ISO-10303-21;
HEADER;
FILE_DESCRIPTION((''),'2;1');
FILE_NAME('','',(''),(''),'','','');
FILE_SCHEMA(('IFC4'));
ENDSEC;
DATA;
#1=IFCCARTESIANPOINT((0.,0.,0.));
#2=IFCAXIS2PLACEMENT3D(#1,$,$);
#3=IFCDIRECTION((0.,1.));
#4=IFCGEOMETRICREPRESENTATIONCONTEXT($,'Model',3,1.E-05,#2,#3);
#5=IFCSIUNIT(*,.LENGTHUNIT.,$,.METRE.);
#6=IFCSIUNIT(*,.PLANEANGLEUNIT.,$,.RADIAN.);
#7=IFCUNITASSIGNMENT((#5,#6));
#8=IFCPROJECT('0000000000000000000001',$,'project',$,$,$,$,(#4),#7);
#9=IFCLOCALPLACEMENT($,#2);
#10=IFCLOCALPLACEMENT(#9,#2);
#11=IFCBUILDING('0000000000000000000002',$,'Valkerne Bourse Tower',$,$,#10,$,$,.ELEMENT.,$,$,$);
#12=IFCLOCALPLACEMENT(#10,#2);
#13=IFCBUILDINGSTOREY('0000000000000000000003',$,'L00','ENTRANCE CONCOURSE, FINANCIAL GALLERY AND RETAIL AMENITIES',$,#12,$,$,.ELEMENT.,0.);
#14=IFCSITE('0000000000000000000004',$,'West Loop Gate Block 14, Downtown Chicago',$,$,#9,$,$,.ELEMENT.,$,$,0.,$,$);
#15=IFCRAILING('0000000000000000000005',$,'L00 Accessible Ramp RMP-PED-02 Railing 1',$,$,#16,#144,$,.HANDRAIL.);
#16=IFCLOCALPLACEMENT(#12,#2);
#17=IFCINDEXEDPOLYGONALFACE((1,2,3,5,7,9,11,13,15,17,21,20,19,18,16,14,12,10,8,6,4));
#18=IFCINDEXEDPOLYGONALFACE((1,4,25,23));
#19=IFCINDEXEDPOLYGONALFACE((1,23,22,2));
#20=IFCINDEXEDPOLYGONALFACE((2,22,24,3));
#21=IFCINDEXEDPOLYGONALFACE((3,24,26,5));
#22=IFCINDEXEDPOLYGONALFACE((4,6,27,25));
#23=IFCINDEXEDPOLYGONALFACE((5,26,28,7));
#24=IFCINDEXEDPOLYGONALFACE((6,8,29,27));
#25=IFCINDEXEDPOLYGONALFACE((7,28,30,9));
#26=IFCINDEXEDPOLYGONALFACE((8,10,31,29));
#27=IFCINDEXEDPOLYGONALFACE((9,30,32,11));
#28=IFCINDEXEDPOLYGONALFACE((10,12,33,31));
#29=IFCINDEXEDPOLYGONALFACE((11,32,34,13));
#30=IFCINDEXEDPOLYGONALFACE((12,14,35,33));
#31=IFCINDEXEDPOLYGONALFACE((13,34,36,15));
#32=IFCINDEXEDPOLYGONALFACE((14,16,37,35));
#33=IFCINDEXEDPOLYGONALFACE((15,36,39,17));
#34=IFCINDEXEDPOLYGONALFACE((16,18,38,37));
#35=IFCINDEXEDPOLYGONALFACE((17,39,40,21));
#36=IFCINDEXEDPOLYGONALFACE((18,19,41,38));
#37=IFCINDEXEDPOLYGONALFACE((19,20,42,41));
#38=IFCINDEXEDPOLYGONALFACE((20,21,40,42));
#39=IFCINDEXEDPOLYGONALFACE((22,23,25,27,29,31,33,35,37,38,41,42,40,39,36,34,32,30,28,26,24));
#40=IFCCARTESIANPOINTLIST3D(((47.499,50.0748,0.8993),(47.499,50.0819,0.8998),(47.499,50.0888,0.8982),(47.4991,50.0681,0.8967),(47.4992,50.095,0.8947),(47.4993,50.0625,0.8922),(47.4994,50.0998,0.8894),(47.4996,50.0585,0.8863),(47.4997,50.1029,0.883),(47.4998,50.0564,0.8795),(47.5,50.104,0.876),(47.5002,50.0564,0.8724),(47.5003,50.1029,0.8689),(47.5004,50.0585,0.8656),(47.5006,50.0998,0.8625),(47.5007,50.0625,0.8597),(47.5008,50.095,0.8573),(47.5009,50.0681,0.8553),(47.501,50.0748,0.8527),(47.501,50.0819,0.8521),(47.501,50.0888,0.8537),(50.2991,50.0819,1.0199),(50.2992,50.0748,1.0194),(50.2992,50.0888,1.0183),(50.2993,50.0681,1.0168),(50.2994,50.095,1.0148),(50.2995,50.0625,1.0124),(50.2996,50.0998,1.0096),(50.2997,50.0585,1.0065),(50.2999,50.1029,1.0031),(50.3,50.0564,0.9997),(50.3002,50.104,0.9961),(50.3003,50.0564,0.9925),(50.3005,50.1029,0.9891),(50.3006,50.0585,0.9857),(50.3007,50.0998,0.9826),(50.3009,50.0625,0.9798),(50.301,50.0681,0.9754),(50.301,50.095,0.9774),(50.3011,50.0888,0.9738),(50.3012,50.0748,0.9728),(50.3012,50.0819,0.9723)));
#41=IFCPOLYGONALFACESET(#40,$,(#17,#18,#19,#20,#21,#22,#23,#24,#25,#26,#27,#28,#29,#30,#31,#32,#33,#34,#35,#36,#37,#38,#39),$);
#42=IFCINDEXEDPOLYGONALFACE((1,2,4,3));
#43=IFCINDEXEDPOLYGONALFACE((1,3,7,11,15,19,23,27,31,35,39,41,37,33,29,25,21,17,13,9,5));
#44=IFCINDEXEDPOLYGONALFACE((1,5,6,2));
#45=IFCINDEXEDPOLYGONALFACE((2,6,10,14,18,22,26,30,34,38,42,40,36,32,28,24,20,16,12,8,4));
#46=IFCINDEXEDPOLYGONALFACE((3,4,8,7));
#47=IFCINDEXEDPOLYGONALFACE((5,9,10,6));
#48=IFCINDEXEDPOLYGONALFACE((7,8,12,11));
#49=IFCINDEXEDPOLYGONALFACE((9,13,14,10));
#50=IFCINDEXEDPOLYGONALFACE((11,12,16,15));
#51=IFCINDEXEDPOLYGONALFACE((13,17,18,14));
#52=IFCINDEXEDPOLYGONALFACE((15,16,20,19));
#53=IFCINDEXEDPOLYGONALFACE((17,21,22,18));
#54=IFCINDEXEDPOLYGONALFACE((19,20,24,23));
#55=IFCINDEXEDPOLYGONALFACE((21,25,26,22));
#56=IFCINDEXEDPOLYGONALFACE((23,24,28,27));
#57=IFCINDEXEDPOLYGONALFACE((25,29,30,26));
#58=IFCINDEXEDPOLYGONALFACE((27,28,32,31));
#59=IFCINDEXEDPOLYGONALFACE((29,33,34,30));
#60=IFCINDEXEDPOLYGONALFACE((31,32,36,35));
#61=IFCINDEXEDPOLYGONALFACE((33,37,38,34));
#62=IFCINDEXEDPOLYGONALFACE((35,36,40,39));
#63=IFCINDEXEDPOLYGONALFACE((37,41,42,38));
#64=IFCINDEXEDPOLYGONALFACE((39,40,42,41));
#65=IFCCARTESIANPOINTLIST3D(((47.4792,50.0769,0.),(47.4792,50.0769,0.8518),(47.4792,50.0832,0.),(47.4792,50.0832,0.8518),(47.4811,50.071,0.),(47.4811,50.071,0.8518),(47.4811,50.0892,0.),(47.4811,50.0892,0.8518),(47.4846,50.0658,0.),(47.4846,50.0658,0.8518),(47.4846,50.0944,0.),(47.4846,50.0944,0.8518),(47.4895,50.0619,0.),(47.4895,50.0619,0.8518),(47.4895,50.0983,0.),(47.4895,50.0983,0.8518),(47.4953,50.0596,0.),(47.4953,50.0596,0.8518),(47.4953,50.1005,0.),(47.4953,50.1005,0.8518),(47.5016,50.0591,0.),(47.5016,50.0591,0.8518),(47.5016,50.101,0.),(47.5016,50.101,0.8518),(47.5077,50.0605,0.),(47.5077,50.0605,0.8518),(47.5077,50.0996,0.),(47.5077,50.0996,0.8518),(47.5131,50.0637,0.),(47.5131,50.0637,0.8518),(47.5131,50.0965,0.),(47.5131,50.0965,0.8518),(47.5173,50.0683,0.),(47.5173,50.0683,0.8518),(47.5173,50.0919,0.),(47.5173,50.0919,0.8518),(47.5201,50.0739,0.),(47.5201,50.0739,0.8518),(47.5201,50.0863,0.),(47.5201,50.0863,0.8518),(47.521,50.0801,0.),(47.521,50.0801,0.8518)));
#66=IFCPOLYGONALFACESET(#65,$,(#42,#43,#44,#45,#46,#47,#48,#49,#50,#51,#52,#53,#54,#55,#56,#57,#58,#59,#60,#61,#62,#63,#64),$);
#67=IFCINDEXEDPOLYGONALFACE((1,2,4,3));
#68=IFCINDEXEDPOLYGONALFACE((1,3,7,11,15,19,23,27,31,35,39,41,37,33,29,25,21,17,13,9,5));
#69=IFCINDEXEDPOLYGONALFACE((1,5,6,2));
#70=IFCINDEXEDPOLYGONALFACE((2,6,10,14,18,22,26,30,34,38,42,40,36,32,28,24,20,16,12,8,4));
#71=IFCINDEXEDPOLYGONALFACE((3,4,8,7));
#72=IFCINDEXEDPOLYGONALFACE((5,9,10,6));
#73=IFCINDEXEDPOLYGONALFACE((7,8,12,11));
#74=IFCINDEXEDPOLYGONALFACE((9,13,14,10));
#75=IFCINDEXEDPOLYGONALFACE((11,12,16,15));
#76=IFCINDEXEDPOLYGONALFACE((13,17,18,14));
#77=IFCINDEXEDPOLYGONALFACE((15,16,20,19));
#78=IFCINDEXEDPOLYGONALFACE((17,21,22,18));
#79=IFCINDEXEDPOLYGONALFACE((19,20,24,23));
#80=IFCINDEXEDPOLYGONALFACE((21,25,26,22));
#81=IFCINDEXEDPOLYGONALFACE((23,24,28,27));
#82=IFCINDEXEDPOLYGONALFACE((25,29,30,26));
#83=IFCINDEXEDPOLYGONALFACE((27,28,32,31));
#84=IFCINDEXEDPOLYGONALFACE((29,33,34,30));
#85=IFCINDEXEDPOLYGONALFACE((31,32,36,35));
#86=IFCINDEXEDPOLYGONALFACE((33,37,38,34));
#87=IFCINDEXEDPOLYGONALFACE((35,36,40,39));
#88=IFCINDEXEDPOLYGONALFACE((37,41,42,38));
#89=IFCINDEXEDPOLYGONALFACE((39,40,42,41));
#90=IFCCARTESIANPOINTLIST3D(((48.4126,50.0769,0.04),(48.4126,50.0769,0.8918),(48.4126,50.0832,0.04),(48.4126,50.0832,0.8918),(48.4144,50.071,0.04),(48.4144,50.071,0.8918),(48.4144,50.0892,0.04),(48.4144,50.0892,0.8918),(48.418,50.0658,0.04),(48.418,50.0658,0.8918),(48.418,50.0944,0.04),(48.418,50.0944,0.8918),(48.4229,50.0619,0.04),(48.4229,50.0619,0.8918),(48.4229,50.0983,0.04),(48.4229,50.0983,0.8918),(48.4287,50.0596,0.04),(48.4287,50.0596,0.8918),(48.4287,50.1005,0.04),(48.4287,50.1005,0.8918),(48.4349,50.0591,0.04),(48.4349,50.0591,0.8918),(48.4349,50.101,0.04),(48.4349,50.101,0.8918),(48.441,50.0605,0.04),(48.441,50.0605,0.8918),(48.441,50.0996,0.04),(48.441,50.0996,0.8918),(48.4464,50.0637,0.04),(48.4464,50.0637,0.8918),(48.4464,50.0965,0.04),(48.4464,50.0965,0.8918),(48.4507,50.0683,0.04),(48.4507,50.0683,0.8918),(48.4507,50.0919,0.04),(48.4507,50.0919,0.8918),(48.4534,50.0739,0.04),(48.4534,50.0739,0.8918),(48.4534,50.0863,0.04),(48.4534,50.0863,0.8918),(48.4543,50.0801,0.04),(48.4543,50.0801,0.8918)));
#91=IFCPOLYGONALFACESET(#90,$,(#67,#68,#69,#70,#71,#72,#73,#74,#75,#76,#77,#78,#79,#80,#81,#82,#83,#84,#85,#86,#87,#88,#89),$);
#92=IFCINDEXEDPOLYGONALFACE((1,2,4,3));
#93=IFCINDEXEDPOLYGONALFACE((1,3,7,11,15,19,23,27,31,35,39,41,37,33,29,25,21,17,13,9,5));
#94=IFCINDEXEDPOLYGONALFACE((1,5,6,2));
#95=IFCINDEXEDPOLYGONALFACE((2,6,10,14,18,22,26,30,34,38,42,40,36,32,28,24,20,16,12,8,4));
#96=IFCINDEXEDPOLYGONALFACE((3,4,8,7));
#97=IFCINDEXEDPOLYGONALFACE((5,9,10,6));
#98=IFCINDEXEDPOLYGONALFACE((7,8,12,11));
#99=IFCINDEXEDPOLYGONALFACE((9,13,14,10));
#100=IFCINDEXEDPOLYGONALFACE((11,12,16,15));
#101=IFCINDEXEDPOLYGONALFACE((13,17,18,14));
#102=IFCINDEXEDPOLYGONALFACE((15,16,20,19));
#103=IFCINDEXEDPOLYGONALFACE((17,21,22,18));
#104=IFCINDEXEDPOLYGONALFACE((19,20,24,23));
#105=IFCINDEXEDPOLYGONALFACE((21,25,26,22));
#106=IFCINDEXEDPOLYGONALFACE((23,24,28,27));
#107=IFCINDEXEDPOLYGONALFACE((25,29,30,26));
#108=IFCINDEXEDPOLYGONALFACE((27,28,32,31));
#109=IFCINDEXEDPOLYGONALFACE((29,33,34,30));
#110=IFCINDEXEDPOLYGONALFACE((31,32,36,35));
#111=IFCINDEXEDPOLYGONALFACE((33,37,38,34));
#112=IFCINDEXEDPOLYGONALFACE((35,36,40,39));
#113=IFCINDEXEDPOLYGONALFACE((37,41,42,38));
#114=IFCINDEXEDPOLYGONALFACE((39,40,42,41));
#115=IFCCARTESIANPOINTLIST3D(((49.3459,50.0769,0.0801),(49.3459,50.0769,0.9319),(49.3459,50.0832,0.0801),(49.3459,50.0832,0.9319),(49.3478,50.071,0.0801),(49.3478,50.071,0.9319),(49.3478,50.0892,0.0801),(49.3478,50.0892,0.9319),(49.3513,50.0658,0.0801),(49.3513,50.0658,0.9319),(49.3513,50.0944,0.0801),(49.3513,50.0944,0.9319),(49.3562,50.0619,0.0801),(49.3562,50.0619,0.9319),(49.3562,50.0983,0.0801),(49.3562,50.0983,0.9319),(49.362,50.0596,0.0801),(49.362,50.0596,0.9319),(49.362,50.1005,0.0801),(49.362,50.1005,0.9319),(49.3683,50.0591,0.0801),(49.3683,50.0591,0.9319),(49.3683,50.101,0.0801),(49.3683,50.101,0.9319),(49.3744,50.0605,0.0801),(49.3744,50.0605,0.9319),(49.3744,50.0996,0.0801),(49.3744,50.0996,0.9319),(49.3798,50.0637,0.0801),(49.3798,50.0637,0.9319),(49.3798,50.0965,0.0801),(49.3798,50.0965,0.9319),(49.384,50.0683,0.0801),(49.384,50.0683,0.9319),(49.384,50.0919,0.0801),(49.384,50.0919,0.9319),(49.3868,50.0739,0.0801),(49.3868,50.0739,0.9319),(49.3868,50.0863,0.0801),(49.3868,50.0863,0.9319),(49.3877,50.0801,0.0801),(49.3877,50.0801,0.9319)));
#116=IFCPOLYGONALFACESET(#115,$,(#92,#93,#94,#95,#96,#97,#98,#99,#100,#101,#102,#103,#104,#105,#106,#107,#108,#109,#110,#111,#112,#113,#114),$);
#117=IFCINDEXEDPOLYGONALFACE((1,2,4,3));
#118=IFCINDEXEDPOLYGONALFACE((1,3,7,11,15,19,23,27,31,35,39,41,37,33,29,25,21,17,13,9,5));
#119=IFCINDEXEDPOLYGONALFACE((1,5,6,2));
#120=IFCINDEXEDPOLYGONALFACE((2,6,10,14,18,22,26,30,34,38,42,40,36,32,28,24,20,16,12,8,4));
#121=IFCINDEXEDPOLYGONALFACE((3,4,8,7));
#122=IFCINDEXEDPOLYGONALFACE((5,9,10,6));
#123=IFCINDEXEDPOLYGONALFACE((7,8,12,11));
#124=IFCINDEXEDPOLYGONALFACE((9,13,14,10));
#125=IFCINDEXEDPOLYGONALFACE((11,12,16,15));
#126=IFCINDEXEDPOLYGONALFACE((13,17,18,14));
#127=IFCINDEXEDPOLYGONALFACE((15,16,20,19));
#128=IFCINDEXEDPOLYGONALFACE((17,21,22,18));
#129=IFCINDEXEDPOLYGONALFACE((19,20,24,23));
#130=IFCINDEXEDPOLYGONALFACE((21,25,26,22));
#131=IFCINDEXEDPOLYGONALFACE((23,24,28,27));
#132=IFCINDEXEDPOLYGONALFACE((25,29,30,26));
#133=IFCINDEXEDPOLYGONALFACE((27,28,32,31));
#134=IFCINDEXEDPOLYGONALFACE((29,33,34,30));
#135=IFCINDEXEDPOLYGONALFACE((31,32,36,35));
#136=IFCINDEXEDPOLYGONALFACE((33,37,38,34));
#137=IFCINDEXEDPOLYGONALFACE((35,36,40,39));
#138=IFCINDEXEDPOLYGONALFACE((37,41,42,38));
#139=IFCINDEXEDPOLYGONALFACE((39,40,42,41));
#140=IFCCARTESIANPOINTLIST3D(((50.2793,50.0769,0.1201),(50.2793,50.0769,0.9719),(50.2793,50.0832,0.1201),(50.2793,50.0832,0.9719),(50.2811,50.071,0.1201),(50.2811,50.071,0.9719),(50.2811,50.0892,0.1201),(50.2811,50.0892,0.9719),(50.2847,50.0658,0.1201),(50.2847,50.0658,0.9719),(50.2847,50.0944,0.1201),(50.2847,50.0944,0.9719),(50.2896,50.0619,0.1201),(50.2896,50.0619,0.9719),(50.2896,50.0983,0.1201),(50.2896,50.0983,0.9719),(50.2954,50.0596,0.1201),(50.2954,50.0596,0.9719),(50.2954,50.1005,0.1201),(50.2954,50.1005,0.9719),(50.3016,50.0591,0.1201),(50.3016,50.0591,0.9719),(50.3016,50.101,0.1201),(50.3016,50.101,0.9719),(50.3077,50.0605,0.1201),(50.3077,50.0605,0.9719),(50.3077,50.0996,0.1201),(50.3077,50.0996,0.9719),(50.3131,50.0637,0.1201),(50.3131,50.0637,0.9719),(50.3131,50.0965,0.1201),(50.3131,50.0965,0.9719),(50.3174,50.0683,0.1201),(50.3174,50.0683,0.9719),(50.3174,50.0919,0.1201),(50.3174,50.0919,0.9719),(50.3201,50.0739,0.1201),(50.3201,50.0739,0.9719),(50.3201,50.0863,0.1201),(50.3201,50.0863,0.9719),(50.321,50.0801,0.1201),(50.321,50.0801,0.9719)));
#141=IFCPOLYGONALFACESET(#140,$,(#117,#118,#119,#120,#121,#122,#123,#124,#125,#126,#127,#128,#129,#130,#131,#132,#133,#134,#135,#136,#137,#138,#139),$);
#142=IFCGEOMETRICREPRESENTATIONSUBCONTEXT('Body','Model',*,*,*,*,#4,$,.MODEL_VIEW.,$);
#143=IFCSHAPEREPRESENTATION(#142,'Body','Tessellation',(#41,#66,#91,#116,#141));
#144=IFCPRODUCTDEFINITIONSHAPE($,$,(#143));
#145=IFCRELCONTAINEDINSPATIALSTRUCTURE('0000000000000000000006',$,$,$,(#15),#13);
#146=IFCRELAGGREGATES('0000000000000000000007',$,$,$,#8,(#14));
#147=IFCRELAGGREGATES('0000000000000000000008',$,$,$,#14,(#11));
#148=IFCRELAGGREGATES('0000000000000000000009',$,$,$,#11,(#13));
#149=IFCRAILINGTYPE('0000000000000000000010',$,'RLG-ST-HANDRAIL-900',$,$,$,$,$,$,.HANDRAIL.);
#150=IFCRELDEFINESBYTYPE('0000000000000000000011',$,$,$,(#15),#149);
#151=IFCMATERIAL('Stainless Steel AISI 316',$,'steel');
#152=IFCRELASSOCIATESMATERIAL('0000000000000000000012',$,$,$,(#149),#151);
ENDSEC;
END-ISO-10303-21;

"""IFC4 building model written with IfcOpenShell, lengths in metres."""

from ifc_helpers import new_model, si_unit, direction, frame, origin, origin_2d, place, context, subcontext, project, spatial, circle, extrude, material, type_object, element, save


model = new_model("IFC4")

# Units and contexts
model_context = context("Model", 3, precision=1e-05, world=origin(), true_north=direction((0.0, 1.0)))
body_context = subcontext(model_context, "Body", "Model", "MODEL_VIEW")
ifc_project = project(units=[si_unit("LENGTHUNIT", "METRE"), si_unit("PLANEANGLEUNIT", "RADIAN")], contexts=[model_context])

# Site, building, storey
site_placement = place(None, origin())
site = spatial("IfcSite", under=ifc_project, at=site_placement, Name="West Loop Gate Block 14, Downtown Chicago", CompositionType="ELEMENT", RefElevation=0.0)
building_placement = place(site_placement, origin())
building = spatial("IfcBuilding", under=site, at=building_placement, Name="Valkerne Bourse Tower", CompositionType="ELEMENT")
storey_placement = place(building_placement, origin())
storey = spatial("IfcBuildingStorey", under=building, at=storey_placement, Name="L00", Description="ENTRANCE CONCOURSE, FINANCIAL GALLERY AND RETAIL AMENITIES", CompositionType="ELEMENT", Elevation=0.0)

# Railing
ifc_material_1 = material(Name="Stainless Steel AISI 316", Category="steel")
railing_type_1 = type_object("IfcRailingType", Name="RLG-ST-HANDRAIL-900", PredefinedType="HANDRAIL", material=ifc_material_1)
for number, where, name in (
    (1, (47.5, 50.0801, 0.0), "L00 Accessible Ramp RMP-PED-02 Railing 1"),
):
    element("IfcRailing", number, at=place(storey_placement, frame(where)), inside=storey, type_object=railing_type_1, Name=name, PredefinedType="HANDRAIL", context=body_context, shape_type="SweptSolid", body=[
        extrude(circle(Radius=0.0239, at=origin_2d()), frame((0.0, 0.0, 0.876), z_axis=(0.999081, 0.0, 0.042859), x_axis=(0.0, 1.0, 0.0)), (0.0, 0.0, 1.0), 2.8027),
        extrude(circle(Radius=0.021, at=origin_2d()), origin(), (0.0, 0.0, 1.0), 0.8518),
        extrude(circle(Radius=0.021, at=origin_2d()), frame((0.9333, 0.0, 0.04)), (0.0, 0.0, 1.0), 0.8518),
        extrude(circle(Radius=0.021, at=origin_2d()), frame((1.8667, 0.0, 0.0801)), (0.0, 0.0, 1.0), 0.8518),
        extrude(circle(Radius=0.021, at=origin_2d()), frame((2.8, 0.0, 0.1201)), (0.0, 0.0, 1.0), 0.8518),
    ])

save(model, "model.ifc")
